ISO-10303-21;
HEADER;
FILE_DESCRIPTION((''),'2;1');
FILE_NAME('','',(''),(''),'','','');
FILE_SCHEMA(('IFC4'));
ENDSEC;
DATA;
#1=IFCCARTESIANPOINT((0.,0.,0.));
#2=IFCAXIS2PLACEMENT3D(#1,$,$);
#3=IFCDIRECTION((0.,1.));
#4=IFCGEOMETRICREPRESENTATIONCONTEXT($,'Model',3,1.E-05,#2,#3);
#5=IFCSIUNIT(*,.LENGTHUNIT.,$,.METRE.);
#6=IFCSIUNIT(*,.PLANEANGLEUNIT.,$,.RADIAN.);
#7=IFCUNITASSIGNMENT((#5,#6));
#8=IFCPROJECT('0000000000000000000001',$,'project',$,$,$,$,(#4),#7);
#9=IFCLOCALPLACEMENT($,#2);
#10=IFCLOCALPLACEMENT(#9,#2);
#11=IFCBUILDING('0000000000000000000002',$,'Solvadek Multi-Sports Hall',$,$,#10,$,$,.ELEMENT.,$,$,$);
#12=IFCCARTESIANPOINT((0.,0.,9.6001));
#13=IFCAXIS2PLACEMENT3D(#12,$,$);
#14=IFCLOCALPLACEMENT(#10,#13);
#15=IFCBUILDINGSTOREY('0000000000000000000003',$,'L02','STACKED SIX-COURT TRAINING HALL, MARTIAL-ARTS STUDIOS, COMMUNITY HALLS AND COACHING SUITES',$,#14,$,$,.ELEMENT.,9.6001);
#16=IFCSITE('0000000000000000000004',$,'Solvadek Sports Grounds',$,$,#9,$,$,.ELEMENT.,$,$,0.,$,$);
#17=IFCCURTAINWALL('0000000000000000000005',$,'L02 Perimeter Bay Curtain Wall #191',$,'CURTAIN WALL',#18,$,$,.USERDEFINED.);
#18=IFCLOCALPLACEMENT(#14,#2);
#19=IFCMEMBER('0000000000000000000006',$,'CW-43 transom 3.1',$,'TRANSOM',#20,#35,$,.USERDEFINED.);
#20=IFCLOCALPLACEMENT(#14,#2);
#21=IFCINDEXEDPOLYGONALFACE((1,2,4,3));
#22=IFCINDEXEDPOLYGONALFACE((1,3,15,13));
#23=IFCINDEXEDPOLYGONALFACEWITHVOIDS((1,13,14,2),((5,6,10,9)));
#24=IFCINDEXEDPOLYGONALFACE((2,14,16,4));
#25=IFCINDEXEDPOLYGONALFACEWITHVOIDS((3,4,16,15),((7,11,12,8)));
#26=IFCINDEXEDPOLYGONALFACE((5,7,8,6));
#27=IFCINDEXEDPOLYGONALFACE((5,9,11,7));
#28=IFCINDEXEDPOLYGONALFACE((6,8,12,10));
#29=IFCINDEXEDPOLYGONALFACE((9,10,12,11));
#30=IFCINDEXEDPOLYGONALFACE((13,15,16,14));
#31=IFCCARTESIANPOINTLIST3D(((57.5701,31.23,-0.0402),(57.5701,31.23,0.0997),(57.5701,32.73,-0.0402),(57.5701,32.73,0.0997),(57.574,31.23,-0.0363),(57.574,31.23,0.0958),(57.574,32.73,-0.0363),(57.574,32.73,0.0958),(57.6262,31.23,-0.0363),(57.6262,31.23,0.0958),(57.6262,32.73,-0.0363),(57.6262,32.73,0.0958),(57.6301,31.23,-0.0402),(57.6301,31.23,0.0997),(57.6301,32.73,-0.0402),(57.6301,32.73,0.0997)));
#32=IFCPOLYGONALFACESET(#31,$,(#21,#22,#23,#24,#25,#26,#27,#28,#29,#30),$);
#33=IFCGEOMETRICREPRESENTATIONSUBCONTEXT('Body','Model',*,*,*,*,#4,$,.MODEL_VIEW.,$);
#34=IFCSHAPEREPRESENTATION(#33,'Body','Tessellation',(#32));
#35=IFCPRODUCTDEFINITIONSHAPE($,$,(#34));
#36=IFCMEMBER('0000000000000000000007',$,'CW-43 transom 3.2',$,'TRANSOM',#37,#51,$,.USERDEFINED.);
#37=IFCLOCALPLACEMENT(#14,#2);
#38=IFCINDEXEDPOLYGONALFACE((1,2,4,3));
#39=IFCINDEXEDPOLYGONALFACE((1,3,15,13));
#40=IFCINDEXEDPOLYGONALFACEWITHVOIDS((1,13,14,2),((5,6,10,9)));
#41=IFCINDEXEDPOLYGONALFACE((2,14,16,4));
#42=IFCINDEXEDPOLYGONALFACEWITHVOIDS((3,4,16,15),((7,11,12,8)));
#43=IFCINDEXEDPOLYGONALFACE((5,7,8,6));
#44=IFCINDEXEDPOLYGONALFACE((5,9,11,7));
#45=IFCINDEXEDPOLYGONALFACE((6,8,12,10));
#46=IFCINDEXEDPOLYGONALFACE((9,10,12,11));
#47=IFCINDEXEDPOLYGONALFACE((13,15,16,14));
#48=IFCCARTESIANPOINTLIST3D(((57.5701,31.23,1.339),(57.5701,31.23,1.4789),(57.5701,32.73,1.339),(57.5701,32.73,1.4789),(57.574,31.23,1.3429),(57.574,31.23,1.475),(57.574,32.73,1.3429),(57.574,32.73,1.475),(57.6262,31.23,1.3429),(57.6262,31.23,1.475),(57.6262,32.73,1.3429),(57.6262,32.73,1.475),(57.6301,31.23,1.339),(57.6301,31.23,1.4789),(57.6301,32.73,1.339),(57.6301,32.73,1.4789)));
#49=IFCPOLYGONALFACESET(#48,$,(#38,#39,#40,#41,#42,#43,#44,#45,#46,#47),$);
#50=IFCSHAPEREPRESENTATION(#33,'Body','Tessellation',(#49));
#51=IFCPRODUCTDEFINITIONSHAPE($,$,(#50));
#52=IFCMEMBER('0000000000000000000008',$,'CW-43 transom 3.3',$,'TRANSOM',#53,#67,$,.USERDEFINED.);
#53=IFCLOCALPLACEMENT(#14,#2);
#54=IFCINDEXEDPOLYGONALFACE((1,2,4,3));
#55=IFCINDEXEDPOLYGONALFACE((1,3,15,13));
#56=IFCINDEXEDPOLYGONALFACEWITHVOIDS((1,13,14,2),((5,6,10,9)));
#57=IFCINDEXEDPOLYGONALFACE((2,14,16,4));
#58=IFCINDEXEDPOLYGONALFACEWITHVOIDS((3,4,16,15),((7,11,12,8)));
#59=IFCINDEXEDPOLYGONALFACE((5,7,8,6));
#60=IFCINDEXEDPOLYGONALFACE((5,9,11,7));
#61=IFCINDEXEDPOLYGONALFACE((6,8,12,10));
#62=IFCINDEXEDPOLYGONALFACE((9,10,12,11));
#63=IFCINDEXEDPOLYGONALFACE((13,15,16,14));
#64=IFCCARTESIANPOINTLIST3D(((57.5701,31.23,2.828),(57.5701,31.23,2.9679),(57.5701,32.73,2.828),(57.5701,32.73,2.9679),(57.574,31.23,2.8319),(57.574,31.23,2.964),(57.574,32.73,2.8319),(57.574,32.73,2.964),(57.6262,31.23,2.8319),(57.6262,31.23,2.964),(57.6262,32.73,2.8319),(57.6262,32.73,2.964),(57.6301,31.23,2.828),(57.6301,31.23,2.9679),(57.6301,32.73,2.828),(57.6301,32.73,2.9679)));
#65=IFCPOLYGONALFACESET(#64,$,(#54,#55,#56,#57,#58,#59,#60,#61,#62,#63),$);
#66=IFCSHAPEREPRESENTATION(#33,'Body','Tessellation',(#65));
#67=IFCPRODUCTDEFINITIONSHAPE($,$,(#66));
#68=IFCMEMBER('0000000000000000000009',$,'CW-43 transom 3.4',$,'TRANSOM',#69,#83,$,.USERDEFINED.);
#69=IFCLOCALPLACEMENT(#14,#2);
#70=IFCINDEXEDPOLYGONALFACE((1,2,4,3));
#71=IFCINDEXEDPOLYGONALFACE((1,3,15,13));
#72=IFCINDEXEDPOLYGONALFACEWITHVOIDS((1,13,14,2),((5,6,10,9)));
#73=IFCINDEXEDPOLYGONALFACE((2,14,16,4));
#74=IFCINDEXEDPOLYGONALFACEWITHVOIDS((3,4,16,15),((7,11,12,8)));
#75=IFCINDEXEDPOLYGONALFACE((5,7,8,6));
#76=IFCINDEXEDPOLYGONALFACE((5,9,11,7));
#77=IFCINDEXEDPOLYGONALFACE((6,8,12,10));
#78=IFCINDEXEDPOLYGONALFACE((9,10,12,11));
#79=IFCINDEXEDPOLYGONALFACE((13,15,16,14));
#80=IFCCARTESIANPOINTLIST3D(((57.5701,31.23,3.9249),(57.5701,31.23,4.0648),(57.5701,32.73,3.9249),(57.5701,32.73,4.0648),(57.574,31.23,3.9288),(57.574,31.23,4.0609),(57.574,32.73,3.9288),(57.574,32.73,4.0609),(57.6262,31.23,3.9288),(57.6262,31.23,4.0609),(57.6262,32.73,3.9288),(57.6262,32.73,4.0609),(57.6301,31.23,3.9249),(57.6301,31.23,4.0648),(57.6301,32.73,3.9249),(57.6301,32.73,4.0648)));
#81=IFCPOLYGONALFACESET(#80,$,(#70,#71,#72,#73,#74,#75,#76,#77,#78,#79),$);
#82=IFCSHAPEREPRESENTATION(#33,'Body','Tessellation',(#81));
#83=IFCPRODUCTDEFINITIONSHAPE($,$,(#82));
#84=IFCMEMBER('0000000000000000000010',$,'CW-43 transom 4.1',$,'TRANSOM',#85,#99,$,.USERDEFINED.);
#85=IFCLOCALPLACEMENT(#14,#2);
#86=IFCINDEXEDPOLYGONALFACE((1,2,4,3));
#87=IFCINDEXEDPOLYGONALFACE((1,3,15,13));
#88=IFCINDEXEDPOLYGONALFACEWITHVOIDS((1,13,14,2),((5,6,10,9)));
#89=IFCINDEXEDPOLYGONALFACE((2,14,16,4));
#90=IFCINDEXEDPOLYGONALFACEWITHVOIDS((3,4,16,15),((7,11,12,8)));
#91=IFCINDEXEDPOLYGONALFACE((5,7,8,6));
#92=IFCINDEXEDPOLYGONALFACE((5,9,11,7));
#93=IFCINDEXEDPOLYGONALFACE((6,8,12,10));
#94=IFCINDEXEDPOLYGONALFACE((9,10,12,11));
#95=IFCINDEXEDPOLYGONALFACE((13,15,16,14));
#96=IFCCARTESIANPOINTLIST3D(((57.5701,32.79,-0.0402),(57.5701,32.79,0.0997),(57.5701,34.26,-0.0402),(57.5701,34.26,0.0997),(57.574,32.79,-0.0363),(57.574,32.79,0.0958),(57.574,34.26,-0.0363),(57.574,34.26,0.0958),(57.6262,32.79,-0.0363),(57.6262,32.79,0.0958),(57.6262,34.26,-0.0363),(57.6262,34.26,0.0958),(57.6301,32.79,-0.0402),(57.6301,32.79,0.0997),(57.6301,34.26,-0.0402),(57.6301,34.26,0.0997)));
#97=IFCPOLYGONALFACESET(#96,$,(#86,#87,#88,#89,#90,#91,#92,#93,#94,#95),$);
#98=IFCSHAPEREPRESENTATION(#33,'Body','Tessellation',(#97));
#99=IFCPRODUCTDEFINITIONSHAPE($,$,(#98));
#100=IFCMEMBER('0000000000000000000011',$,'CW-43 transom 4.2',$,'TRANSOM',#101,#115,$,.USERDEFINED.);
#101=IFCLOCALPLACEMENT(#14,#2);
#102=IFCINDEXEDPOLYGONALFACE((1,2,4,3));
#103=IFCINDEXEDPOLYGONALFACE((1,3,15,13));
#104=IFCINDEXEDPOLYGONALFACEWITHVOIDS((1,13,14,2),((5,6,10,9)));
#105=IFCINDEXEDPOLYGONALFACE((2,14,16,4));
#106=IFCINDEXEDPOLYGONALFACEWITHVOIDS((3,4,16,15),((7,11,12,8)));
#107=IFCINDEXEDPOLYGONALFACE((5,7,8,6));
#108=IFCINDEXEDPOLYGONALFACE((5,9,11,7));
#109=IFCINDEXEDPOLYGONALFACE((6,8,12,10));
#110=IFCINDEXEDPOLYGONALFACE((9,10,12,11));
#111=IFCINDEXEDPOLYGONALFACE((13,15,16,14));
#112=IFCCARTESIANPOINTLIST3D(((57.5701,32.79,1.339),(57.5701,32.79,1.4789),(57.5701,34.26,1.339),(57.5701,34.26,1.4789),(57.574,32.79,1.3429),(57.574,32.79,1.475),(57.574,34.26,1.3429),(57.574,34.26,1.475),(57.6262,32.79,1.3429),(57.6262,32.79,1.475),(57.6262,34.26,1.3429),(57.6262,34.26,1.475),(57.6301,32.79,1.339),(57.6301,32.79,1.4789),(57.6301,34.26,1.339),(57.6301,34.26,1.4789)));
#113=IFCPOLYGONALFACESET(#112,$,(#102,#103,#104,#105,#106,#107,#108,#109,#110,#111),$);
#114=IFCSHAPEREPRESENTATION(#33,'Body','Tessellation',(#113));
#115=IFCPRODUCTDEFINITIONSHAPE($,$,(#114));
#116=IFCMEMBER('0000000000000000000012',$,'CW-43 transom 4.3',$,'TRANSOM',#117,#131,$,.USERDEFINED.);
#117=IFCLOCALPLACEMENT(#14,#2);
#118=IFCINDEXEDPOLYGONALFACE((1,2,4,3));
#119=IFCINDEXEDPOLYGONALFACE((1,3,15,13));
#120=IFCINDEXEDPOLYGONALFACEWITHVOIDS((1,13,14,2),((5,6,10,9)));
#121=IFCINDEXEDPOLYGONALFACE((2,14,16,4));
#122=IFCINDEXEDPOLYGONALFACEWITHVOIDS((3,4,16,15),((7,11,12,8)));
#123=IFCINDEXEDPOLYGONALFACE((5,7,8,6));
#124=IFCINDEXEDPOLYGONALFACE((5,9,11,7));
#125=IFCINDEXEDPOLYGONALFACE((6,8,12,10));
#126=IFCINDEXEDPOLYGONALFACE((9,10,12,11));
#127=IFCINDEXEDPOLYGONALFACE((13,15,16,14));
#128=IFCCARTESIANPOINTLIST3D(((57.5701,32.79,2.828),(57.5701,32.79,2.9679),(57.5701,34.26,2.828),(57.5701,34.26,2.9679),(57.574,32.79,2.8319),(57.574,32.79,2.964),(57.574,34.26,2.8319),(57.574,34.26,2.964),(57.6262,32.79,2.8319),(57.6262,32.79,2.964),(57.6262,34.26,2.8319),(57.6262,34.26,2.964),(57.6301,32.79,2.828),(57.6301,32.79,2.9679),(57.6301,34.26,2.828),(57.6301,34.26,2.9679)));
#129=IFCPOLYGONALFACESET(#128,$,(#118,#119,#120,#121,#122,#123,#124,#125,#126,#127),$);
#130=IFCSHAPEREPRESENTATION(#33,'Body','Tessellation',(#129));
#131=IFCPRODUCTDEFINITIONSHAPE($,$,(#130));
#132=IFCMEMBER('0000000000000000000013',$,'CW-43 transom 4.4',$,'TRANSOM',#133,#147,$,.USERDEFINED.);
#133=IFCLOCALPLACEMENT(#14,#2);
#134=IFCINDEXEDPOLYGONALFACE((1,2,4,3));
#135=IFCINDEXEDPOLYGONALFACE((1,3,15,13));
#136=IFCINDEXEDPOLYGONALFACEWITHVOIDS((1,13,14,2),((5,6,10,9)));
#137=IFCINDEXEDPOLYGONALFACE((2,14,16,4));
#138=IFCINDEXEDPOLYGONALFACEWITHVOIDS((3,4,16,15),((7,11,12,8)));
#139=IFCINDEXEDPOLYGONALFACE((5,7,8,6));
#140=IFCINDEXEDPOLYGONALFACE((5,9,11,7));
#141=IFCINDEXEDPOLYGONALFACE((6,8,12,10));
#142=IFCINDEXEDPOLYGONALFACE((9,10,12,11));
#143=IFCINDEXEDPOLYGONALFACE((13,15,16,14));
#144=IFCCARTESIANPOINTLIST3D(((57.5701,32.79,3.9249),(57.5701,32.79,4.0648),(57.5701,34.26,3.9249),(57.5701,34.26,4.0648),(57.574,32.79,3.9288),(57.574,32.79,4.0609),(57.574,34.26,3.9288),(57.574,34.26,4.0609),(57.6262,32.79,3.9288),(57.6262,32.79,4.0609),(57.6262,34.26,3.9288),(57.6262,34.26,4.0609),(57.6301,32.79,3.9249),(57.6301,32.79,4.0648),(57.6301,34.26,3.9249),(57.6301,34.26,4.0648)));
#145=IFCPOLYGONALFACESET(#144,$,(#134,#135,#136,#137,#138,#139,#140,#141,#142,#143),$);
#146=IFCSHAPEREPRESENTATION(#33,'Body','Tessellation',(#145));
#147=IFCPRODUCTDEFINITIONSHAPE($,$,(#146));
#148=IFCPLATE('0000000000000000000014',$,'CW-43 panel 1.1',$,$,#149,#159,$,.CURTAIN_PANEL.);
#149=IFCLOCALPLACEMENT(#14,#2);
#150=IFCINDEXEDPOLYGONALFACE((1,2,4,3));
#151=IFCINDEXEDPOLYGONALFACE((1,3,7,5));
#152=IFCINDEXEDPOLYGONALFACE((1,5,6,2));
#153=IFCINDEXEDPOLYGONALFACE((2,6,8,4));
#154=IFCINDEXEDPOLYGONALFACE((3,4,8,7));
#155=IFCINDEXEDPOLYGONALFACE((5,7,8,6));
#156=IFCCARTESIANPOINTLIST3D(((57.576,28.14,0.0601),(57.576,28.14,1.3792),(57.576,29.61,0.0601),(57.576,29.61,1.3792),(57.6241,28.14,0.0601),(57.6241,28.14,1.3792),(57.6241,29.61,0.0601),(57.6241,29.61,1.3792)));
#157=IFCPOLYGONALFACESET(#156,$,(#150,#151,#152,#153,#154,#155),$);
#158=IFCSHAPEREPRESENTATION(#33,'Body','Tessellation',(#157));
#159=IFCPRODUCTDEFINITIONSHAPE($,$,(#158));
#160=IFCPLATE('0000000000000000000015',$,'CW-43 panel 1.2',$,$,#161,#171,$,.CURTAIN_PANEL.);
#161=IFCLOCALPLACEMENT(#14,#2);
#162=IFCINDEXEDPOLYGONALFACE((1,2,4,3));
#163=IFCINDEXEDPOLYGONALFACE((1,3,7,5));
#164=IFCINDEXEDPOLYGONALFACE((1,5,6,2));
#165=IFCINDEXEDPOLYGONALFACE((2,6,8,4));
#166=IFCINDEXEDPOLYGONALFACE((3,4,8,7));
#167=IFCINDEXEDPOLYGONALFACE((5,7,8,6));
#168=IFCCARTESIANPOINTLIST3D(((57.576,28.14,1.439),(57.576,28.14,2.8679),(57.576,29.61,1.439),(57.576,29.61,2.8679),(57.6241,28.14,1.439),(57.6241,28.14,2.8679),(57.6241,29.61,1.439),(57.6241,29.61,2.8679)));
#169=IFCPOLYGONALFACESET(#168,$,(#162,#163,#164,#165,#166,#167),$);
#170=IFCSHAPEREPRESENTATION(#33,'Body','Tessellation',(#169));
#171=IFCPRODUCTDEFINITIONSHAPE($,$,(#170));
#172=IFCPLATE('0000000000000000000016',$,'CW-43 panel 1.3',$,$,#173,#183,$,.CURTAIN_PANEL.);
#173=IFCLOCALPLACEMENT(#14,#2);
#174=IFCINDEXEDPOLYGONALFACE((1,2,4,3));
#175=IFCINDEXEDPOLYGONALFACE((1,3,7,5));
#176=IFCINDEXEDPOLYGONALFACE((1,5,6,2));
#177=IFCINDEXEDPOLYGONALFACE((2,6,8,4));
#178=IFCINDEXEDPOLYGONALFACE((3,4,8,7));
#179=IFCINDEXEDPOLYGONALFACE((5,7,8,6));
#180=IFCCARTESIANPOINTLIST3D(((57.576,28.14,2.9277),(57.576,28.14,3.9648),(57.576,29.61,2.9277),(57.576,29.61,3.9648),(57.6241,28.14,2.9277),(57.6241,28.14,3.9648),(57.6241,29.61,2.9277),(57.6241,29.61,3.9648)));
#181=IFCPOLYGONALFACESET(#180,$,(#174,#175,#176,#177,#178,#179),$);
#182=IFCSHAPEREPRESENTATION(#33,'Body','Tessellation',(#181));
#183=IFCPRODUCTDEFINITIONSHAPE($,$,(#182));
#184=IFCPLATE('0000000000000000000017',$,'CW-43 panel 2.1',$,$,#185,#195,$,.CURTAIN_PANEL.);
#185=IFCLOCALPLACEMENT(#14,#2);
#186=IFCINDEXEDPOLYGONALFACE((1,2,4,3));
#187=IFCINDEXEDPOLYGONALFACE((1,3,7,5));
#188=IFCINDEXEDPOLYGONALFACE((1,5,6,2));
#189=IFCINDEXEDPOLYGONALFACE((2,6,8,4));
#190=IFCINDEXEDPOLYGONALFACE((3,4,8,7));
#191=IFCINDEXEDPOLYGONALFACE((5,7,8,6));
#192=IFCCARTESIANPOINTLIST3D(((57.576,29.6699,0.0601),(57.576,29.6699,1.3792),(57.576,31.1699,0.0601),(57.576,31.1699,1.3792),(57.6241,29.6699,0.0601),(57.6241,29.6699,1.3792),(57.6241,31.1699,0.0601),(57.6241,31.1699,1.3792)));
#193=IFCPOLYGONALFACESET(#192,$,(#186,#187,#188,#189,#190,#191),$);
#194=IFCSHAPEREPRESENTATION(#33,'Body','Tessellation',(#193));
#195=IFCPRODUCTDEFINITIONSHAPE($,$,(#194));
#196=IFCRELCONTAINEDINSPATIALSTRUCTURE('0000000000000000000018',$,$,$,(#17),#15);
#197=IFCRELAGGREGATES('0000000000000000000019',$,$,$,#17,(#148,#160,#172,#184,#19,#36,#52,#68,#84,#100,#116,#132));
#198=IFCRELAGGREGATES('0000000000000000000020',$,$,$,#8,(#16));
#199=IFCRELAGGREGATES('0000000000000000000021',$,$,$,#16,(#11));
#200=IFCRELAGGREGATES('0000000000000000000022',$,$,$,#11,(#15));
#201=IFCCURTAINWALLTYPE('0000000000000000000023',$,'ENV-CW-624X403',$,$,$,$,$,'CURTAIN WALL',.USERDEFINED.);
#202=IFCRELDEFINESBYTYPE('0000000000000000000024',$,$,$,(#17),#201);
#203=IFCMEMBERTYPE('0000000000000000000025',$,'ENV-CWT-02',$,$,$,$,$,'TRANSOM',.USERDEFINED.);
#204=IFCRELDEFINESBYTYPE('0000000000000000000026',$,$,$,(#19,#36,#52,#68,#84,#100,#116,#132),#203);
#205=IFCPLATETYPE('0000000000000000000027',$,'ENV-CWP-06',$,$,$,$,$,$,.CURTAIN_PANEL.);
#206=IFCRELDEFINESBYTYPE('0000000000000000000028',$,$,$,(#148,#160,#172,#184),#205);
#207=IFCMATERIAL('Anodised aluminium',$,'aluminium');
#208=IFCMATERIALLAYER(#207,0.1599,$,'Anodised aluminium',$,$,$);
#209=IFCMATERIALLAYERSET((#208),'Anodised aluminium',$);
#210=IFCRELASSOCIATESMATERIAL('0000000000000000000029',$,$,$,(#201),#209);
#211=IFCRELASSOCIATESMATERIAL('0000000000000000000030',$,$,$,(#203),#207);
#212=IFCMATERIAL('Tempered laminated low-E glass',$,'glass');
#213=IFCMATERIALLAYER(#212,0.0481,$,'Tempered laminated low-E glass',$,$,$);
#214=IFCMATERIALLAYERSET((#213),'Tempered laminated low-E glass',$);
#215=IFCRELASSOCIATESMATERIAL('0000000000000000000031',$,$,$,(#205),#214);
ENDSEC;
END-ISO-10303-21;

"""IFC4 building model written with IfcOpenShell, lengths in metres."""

from ifc_helpers import new_model, si_unit, direction, frame, origin, origin_2d, place, context, subcontext, project, spatial, rectangle, hollow_rectangle, extrude, material, layer, layer_set, material_profile, profile_set, type_object, element, aggregate, save


model = new_model("IFC4")

# Units and contexts
model_context = context("Model", 3, precision=1e-05, world=origin(), true_north=direction((0.0, 1.0)))
body_context = subcontext(model_context, "Body", "Model", "MODEL_VIEW")
ifc_project = project(units=[si_unit("LENGTHUNIT", "METRE"), si_unit("PLANEANGLEUNIT", "RADIAN")], contexts=[model_context])

# Site, building, storey
site_placement = place(None, origin())
site = spatial("IfcSite", under=ifc_project, at=site_placement, Name="Solvadek Sports Grounds", CompositionType="ELEMENT", RefElevation=0.0)
building_placement = place(site_placement, origin())
building = spatial("IfcBuilding", under=site, at=building_placement, Name="Solvadek Multi-Sports Hall", CompositionType="ELEMENT")
storey_placement = place(building_placement, frame((0.0, 0.0, 9.6001)))
storey = spatial("IfcBuildingStorey", under=building, at=storey_placement, Name="L02", Description="STACKED SIX-COURT TRAINING HALL, MARTIAL-ARTS STUDIOS, COMMUNITY HALLS AND COACHING SUITES", CompositionType="ELEMENT", Elevation=9.6001)

# Curtain wall, members, plates
ifc_material_1 = material(Name="Anodised aluminium", Category="aluminium")
ifc_layer_1 = layer(ifc_material_1, 0.1599, Name="Anodised aluminium")
ifc_layer_set_1 = layer_set([ifc_layer_1], Name="Anodised aluminium")
curtain_wall_type = type_object("IfcCurtainWallType", Name="ENV-CW-624X403", ElementType="CURTAIN WALL", PredefinedType="USERDEFINED", material=ifc_layer_set_1)
curtain_wall_placement = place(storey_placement, origin())
curtain_wall = element("IfcCurtainWall", 1, at=curtain_wall_placement, inside=storey, type_object=curtain_wall_type, Name="L02 Perimeter Bay Curtain Wall #191", ObjectType="CURTAIN WALL", PredefinedType="USERDEFINED")
ifc_material_profile_1 = material_profile(ifc_material_1, hollow_rectangle(XDim=0.0601, YDim=0.1399, WallThickness=0.0039, at=origin_2d()), Name="ALU-T 140x60x4")
ifc_profile_set_1 = profile_set([ifc_material_profile_1], Name="Anodised aluminium")
member_type_1 = type_object("IfcMemberType", Name="ENV-CWT-02", ElementType="TRANSOM", PredefinedType="USERDEFINED", material=ifc_profile_set_1)
member_1_placement = place(storey_placement, frame((57.6001, 31.23, 0.0298), z_axis=(0.0, 1.0, 0.0), x_axis=(-1.0, 0.0, 0.0)))
member_1 = element("IfcMember", 2, at=member_1_placement, type_object=member_type_1, Name="CW-43 transom 3.1", ObjectType="TRANSOM", PredefinedType="USERDEFINED", context=body_context, shape_type="SweptSolid", body=[
    extrude(hollow_rectangle(XDim=0.0601, YDim=0.1399, WallThickness=0.0039, at=origin_2d()), origin(), (0.0, 0.0, 1.0), 1.5),
])
member_2_placement = place(storey_placement, frame((57.6001, 31.23, 1.4089), z_axis=(0.0, 1.0, 0.0), x_axis=(-1.0, 0.0, 0.0)))
member_2 = element("IfcMember", 3, at=member_2_placement, type_object=member_type_1, Name="CW-43 transom 3.2", ObjectType="TRANSOM", PredefinedType="USERDEFINED", context=body_context, shape_type="SweptSolid", body=[
    extrude(hollow_rectangle(XDim=0.0601, YDim=0.1399, WallThickness=0.0039, at=origin_2d()), origin(), (0.0, 0.0, 1.0), 1.5),
])
member_3_placement = place(storey_placement, frame((57.6001, 31.23, 2.8979), z_axis=(0.0, 1.0, 0.0), x_axis=(-1.0, 0.0, 0.0)))
member_3 = element("IfcMember", 4, at=member_3_placement, type_object=member_type_1, Name="CW-43 transom 3.3", ObjectType="TRANSOM", PredefinedType="USERDEFINED", context=body_context, shape_type="SweptSolid", body=[
    extrude(hollow_rectangle(XDim=0.0601, YDim=0.1399, WallThickness=0.0039, at=origin_2d()), origin(), (0.0, 0.0, 1.0), 1.5),
])
member_4_placement = place(storey_placement, frame((57.6001, 31.23, 3.9949), z_axis=(0.0, 1.0, 0.0), x_axis=(-1.0, 0.0, 0.0)))
member_4 = element("IfcMember", 5, at=member_4_placement, type_object=member_type_1, Name="CW-43 transom 3.4", ObjectType="TRANSOM", PredefinedType="USERDEFINED", context=body_context, shape_type="SweptSolid", body=[
    extrude(hollow_rectangle(XDim=0.0601, YDim=0.1399, WallThickness=0.0039, at=origin_2d()), origin(), (0.0, 0.0, 1.0), 1.5),
])
member_5_placement = place(storey_placement, frame((57.6001, 32.79, 0.0298), z_axis=(0.0, 1.0, 0.0), x_axis=(-1.0, 0.0, 0.0)))
member_5 = element("IfcMember", 6, at=member_5_placement, type_object=member_type_1, Name="CW-43 transom 4.1", ObjectType="TRANSOM", PredefinedType="USERDEFINED", context=body_context, shape_type="SweptSolid", body=[
    extrude(hollow_rectangle(XDim=0.0601, YDim=0.1399, WallThickness=0.0039, at=origin_2d()), origin(), (0.0, 0.0, 1.0), 1.47),
])
member_6_placement = place(storey_placement, frame((57.6001, 32.79, 1.4089), z_axis=(0.0, 1.0, 0.0), x_axis=(-1.0, 0.0, 0.0)))
member_6 = element("IfcMember", 7, at=member_6_placement, type_object=member_type_1, Name="CW-43 transom 4.2", ObjectType="TRANSOM", PredefinedType="USERDEFINED", context=body_context, shape_type="SweptSolid", body=[
    extrude(hollow_rectangle(XDim=0.0601, YDim=0.1399, WallThickness=0.0039, at=origin_2d()), origin(), (0.0, 0.0, 1.0), 1.47),
])
member_7_placement = place(storey_placement, frame((57.6001, 32.79, 2.8979), z_axis=(0.0, 1.0, 0.0), x_axis=(-1.0, 0.0, 0.0)))
member_7 = element("IfcMember", 8, at=member_7_placement, type_object=member_type_1, Name="CW-43 transom 4.3", ObjectType="TRANSOM", PredefinedType="USERDEFINED", context=body_context, shape_type="SweptSolid", body=[
    extrude(hollow_rectangle(XDim=0.0601, YDim=0.1399, WallThickness=0.0039, at=origin_2d()), origin(), (0.0, 0.0, 1.0), 1.47),
])
member_8_placement = place(storey_placement, frame((57.6001, 32.79, 3.9949), z_axis=(0.0, 1.0, 0.0), x_axis=(-1.0, 0.0, 0.0)))
member_8 = element("IfcMember", 9, at=member_8_placement, type_object=member_type_1, Name="CW-43 transom 4.4", ObjectType="TRANSOM", PredefinedType="USERDEFINED", context=body_context, shape_type="SweptSolid", body=[
    extrude(hollow_rectangle(XDim=0.0601, YDim=0.1399, WallThickness=0.0039, at=origin_2d()), origin(), (0.0, 0.0, 1.0), 1.47),
])
ifc_material_2 = material(Name="Tempered laminated low-E glass", Category="glass")
ifc_layer_2 = layer(ifc_material_2, 0.0481, Name="Tempered laminated low-E glass")
ifc_layer_set_2 = layer_set([ifc_layer_2], Name="Tempered laminated low-E glass")
plate_type = type_object("IfcPlateType", Name="ENV-CWP-06", PredefinedType="CURTAIN_PANEL", material=ifc_layer_set_2)
plate_1_placement = place(storey_placement, frame((57.6001, 28.875, 0.0601), z_axis=(0.0, 0.0, 1.0), x_axis=(0.0, 1.0, 0.0)))
plate_1 = element("IfcPlate", 10, at=plate_1_placement, type_object=plate_type, Name="CW-43 panel 1.1", PredefinedType="CURTAIN_PANEL", context=body_context, shape_type="SweptSolid", body=[
    extrude(rectangle(XDim=1.47, YDim=0.0481, at=origin_2d()), origin(), (0.0, 0.0, 1.0), 1.3191),
])
plate_2_placement = place(storey_placement, frame((57.6001, 28.875, 1.439), z_axis=(0.0, 0.0, 1.0), x_axis=(0.0, 1.0, 0.0)))
plate_2 = element("IfcPlate", 11, at=plate_2_placement, type_object=plate_type, Name="CW-43 panel 1.2", PredefinedType="CURTAIN_PANEL", context=body_context, shape_type="SweptSolid", body=[
    extrude(rectangle(XDim=1.47, YDim=0.0481, at=origin_2d()), origin(), (0.0, 0.0, 1.0), 1.429),
])
plate_3_placement = place(storey_placement, frame((57.6001, 28.875, 2.9277), z_axis=(0.0, 0.0, 1.0), x_axis=(0.0, 1.0, 0.0)))
plate_3 = element("IfcPlate", 12, at=plate_3_placement, type_object=plate_type, Name="CW-43 panel 1.3", PredefinedType="CURTAIN_PANEL", context=body_context, shape_type="SweptSolid", body=[
    extrude(rectangle(XDim=1.47, YDim=0.0481, at=origin_2d()), origin(), (0.0, 0.0, 1.0), 1.0371),
])
plate_4_placement = place(storey_placement, frame((57.6001, 30.4199, 0.0601), z_axis=(0.0, 0.0, 1.0), x_axis=(0.0, 1.0, 0.0)))
plate_4 = element("IfcPlate", 13, at=plate_4_placement, type_object=plate_type, Name="CW-43 panel 2.1", PredefinedType="CURTAIN_PANEL", context=body_context, shape_type="SweptSolid", body=[
    extrude(rectangle(XDim=1.5, YDim=0.0481, at=origin_2d()), origin(), (0.0, 0.0, 1.0), 1.3191),
])
aggregate(curtain_wall, [plate_1, plate_2, plate_3, plate_4, member_1, member_2, member_3, member_4, member_5, member_6, member_7, member_8])

save(model, "model.ifc")
